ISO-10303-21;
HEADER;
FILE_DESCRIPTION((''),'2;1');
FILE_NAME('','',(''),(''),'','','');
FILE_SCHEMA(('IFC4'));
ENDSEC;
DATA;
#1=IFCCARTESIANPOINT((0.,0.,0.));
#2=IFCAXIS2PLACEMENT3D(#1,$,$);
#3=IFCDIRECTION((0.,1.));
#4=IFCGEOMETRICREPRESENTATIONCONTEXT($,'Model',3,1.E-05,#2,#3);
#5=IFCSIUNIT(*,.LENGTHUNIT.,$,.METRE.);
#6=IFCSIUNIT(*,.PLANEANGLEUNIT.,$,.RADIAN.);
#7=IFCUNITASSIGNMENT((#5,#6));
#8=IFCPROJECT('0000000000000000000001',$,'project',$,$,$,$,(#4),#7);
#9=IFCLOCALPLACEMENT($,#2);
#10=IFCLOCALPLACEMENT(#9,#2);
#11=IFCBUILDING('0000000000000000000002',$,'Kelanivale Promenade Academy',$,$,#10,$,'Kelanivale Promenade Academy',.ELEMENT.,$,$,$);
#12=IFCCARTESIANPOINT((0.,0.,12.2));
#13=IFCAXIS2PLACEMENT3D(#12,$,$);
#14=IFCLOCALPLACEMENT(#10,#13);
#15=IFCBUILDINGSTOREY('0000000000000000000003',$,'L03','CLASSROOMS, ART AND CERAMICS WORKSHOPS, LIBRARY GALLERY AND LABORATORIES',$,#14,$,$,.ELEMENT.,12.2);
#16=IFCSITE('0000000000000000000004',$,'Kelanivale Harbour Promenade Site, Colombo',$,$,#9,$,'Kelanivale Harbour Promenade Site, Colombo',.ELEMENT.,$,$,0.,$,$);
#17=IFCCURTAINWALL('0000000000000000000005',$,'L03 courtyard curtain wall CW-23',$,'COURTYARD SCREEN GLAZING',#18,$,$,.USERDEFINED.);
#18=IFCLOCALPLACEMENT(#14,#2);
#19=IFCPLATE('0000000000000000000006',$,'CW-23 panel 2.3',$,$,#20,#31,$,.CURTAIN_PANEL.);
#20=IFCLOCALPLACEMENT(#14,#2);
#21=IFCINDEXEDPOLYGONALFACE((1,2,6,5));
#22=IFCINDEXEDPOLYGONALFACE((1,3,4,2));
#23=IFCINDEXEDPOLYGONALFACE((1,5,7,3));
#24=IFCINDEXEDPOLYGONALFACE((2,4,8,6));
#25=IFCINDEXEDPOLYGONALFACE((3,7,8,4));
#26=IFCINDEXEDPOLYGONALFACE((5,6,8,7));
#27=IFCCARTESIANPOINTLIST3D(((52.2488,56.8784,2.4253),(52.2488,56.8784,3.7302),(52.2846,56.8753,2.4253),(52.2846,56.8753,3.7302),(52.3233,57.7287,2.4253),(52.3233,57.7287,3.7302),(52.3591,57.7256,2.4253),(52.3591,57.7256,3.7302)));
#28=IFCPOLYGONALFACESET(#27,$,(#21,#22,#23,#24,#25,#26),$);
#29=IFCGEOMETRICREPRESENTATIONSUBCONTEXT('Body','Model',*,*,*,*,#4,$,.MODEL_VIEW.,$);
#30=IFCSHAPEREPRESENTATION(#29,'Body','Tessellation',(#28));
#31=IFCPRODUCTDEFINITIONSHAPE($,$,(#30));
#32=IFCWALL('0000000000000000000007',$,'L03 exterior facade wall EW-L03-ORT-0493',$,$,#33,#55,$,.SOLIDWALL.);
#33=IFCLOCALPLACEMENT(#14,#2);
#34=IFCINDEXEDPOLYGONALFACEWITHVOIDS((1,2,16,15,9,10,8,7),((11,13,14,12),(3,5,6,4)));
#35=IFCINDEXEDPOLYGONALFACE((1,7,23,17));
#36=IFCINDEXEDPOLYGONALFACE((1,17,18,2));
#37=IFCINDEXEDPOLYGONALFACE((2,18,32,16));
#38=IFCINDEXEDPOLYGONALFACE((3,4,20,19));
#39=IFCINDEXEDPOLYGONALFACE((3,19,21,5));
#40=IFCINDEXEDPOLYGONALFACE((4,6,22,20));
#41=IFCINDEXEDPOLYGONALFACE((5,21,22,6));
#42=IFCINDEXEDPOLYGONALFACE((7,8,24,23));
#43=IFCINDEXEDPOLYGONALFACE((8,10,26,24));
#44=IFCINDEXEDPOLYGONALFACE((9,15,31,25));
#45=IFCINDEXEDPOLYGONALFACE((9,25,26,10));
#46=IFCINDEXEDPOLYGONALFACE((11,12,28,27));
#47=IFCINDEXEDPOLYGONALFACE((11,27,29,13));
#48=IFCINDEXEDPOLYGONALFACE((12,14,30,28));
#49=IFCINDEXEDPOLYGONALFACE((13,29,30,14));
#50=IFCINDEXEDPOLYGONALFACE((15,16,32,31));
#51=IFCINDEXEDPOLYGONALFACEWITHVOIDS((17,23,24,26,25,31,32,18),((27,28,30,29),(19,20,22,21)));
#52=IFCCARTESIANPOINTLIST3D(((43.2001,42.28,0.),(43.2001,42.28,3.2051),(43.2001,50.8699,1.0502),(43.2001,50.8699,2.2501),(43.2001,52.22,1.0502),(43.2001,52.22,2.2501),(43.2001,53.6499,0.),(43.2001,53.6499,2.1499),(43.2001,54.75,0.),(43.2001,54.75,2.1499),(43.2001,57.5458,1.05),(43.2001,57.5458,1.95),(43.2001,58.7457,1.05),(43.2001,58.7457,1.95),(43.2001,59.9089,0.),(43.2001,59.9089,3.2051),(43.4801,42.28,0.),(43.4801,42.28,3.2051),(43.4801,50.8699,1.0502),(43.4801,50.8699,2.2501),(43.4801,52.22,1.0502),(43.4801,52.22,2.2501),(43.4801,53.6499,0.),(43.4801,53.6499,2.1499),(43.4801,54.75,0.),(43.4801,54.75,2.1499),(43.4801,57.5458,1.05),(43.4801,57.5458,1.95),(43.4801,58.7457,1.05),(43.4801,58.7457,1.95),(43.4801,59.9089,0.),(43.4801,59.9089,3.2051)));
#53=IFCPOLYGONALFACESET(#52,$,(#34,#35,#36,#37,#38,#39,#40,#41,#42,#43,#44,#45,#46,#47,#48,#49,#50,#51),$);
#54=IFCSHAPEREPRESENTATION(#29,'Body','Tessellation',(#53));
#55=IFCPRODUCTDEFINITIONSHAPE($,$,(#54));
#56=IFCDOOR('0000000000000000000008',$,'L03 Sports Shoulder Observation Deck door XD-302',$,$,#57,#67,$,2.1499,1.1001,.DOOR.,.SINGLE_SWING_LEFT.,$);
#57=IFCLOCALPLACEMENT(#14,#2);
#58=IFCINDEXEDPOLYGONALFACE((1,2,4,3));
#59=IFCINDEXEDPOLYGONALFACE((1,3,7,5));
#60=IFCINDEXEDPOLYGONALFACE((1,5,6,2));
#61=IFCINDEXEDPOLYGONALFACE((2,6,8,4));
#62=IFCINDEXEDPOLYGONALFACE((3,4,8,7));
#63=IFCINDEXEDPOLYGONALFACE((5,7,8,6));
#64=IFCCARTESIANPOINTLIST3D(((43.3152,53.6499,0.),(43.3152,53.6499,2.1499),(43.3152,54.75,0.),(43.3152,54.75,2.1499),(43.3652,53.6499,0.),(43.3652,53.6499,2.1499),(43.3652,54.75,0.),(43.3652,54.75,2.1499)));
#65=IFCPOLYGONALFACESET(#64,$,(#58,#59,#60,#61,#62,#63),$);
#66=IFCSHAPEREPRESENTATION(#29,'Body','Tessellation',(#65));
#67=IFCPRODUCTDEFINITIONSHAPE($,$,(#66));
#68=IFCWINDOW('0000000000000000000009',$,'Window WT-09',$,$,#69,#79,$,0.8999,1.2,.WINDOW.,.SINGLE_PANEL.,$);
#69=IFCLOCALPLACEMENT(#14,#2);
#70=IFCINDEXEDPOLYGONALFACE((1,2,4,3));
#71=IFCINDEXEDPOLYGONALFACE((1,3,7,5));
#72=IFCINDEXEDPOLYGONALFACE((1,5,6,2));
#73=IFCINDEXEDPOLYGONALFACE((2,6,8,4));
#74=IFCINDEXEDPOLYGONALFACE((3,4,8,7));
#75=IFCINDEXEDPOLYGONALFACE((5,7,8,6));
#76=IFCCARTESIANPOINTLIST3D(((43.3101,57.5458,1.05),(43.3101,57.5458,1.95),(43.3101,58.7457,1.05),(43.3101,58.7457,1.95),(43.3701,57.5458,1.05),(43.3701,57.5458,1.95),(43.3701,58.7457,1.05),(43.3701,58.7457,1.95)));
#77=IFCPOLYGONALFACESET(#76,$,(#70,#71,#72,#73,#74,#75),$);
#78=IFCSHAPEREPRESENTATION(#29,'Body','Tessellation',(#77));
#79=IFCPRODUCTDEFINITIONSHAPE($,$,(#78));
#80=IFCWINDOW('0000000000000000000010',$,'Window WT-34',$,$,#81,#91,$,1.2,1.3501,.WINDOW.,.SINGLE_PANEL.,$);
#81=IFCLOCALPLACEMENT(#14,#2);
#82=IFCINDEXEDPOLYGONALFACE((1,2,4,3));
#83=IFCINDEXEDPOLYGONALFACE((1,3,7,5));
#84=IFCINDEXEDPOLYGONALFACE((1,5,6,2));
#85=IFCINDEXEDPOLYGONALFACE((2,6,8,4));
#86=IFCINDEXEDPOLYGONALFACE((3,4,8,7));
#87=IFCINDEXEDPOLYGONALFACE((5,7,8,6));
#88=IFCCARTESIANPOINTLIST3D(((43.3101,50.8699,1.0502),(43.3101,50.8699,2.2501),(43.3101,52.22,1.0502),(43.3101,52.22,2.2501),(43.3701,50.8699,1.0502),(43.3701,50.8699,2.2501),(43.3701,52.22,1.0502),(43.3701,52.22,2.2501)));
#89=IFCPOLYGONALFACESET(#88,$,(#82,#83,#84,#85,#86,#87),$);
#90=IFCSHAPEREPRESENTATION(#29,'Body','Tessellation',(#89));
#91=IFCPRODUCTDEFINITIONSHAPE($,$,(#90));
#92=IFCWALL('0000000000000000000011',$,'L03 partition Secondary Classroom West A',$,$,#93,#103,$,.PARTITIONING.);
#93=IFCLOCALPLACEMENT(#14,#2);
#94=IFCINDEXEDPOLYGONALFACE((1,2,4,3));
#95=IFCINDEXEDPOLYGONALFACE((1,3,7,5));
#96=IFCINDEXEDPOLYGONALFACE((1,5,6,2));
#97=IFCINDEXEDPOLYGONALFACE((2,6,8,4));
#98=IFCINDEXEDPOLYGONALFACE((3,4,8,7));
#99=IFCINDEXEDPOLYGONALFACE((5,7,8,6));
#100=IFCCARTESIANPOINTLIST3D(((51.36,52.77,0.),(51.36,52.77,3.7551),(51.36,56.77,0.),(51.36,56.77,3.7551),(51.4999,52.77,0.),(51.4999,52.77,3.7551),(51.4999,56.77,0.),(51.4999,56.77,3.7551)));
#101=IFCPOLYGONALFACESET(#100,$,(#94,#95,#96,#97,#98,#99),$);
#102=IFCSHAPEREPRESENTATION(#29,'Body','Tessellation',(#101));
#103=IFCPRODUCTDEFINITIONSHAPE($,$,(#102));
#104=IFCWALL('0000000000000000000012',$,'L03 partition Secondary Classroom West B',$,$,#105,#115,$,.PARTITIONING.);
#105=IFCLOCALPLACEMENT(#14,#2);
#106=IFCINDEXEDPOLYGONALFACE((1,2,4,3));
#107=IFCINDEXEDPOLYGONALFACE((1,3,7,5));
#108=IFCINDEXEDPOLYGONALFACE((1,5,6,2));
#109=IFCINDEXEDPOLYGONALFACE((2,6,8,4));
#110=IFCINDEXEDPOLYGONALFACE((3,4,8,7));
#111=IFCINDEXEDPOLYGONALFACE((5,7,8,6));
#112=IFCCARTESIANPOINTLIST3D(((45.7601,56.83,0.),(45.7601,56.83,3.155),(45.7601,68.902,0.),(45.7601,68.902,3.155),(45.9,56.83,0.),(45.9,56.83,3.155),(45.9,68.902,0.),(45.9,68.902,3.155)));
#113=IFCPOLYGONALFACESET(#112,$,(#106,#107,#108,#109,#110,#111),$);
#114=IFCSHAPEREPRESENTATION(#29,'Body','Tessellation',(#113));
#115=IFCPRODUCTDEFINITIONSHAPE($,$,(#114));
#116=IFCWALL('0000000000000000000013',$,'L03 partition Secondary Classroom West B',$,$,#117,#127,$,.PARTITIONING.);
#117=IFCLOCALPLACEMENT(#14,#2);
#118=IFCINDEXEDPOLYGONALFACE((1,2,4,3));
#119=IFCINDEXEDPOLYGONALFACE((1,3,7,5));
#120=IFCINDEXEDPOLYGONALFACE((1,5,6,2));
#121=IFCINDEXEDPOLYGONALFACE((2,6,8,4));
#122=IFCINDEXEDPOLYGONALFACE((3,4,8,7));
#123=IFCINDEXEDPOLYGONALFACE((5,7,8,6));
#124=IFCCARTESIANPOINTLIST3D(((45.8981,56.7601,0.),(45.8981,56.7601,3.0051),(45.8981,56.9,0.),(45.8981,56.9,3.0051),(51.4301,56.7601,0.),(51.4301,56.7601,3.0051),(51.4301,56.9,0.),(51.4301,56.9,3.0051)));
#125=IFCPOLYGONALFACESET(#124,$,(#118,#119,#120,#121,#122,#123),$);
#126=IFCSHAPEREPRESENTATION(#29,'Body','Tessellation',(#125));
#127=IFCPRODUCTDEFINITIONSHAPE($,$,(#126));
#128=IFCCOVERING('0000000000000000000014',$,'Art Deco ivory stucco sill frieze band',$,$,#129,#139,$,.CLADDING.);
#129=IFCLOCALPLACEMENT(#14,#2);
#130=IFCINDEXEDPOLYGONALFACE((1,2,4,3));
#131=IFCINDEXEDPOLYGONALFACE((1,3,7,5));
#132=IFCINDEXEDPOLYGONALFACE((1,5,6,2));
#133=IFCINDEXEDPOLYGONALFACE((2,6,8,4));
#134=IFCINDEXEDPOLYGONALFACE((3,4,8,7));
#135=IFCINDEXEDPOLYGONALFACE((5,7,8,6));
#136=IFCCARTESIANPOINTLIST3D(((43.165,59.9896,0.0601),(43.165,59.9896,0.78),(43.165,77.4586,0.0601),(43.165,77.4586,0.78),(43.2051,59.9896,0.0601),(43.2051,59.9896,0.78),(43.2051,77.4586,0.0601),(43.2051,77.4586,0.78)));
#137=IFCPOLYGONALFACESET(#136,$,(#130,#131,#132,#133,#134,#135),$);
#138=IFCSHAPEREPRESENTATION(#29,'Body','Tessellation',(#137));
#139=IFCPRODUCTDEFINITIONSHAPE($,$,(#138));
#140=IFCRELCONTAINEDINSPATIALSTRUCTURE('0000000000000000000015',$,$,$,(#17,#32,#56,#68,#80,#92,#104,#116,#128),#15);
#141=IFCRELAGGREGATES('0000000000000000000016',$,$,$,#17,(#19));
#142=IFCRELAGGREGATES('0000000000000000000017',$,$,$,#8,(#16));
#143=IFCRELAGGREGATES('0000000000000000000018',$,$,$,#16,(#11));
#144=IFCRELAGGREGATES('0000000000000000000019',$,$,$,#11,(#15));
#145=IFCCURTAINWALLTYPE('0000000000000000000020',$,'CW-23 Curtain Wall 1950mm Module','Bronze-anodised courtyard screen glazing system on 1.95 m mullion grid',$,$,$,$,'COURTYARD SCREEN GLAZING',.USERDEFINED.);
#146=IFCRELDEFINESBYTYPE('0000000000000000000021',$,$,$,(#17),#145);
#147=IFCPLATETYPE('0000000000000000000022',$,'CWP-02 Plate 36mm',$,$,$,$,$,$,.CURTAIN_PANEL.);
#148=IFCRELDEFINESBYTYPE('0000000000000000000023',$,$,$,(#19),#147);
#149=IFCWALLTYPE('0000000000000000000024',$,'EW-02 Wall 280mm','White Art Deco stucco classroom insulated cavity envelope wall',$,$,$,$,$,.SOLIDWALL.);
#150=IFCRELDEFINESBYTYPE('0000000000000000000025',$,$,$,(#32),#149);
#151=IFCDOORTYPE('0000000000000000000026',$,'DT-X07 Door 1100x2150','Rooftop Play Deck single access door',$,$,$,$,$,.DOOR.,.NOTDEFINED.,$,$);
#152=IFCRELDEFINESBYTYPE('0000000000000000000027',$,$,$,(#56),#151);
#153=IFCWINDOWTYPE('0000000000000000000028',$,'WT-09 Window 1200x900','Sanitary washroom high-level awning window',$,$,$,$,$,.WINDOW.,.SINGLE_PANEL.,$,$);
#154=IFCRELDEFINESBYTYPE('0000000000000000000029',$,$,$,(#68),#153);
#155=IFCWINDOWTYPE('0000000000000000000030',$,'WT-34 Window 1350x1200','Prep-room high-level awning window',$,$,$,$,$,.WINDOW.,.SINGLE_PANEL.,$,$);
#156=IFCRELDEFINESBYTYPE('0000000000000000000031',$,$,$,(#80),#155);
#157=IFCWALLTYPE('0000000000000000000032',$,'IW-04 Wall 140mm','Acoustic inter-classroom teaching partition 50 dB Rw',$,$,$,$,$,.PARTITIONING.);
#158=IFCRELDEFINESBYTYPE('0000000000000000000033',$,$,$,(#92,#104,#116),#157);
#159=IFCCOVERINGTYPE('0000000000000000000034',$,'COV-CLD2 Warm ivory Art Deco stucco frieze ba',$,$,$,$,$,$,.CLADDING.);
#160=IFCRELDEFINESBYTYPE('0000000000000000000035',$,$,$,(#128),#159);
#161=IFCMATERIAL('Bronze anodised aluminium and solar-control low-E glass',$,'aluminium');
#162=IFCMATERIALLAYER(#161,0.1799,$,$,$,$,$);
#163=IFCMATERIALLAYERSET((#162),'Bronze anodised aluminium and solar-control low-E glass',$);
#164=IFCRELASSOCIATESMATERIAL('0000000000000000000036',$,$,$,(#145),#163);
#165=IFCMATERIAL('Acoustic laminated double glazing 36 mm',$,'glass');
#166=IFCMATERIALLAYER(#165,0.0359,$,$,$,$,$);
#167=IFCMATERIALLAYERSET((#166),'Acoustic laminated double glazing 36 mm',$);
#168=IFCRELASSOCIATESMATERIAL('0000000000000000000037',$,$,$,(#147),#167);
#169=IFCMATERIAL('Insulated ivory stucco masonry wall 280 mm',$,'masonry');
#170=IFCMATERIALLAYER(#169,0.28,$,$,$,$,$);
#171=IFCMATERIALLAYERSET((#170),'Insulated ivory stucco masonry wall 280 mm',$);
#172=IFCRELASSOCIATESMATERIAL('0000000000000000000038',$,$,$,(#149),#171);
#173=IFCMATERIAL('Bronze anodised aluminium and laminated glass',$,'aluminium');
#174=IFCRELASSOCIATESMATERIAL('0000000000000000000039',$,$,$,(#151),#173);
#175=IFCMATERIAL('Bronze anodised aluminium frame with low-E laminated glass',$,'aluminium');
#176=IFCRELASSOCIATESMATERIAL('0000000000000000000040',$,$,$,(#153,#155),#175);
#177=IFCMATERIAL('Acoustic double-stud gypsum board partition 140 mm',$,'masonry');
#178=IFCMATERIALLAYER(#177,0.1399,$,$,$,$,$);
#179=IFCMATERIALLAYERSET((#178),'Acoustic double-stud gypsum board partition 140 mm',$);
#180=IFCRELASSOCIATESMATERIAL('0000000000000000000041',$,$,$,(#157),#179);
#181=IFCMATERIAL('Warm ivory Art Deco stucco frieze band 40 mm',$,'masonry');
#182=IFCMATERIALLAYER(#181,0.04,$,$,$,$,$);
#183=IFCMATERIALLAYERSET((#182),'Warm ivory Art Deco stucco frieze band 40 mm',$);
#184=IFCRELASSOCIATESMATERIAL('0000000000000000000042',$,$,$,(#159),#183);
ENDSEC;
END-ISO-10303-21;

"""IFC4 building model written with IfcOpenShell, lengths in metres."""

from ifc_helpers import new_model, si_unit, direction, frame, frame_2d, origin, origin_2d, place, context, subcontext, project, spatial, rectangle, extrude, material, layer, layer_set, type_object, element, fill, aggregate, save


model = new_model("IFC4")

# Units and contexts
model_context = context("Model", 3, precision=1e-05, world=origin(), true_north=direction((0.0, 1.0)))
body_context = subcontext(model_context, "Body", "Model", "MODEL_VIEW")
ifc_project = project(units=[si_unit("LENGTHUNIT", "METRE"), si_unit("PLANEANGLEUNIT", "RADIAN")], contexts=[model_context])

# Site, building, storey
site_placement = place(None, origin())
site = spatial("IfcSite", under=ifc_project, at=site_placement, Name="Kelanivale Harbour Promenade Site, Colombo", LongName="Kelanivale Harbour Promenade Site, Colombo", CompositionType="ELEMENT", RefElevation=0.0)
building_placement = place(site_placement, origin())
building = spatial("IfcBuilding", under=site, at=building_placement, Name="Kelanivale Promenade Academy", LongName="Kelanivale Promenade Academy", CompositionType="ELEMENT")
storey_placement = place(building_placement, frame((0.0, 0.0, 12.2)))
storey = spatial("IfcBuildingStorey", under=building, at=storey_placement, Name="L03", Description="CLASSROOMS, ART AND CERAMICS WORKSHOPS, LIBRARY GALLERY AND LABORATORIES", CompositionType="ELEMENT", Elevation=12.2)

# Curtain wall
ifc_material_1 = material(Name="Bronze anodised aluminium and solar-control low-E glass", Category="aluminium")
ifc_layer_1 = layer(ifc_material_1, 0.1799)
ifc_layer_set_1 = layer_set([ifc_layer_1], Name="Bronze anodised aluminium and solar-control low-E glass")
curtain_wall_type_1 = type_object("IfcCurtainWallType", Name="CW-23 Curtain Wall 1950mm Module", Description="Bronze-anodised courtyard screen glazing system on 1.95 m mullion grid", ElementType="COURTYARD SCREEN GLAZING", PredefinedType="USERDEFINED", material=ifc_layer_set_1)
curtain_wall_1_placement = place(storey_placement, origin())
curtain_wall_1 = element("IfcCurtainWall", 1, at=curtain_wall_1_placement, inside=storey, type_object=curtain_wall_type_1, Name="L03 courtyard curtain wall CW-23", ObjectType="COURTYARD SCREEN GLAZING", PredefinedType="USERDEFINED")

# Plate
ifc_material_2 = material(Name="Acoustic laminated double glazing 36 mm", Category="glass")
ifc_layer_2 = layer(ifc_material_2, 0.0359)
ifc_layer_set_2 = layer_set([ifc_layer_2], Name="Acoustic laminated double glazing 36 mm")
plate_type = type_object("IfcPlateType", Name="CWP-02 Plate 36mm", PredefinedType="CURTAIN_PANEL", material=ifc_layer_set_2)
plate_1_placement = place(storey_placement, frame((52.304, 57.302, 2.4253), z_axis=(0.0, 0.0, 1.0), x_axis=(-0.087265, -0.996185, 0.0)))
plate_1 = element("IfcPlate", 2, at=plate_1_placement, type_object=plate_type, Name="CW-23 panel 2.3", PredefinedType="CURTAIN_PANEL", context=body_context, shape_type="SweptSolid", body=[
    extrude(rectangle(XDim=0.8535, YDim=0.0359, at=origin_2d()), origin(), (0.0, 0.0, 1.0), 1.3049),
])
aggregate(curtain_wall_1, [plate_1])

# Wall, openings, door, windows
ifc_material_3 = material(Name="Insulated ivory stucco masonry wall 280 mm", Category="masonry")
ifc_layer_3 = layer(ifc_material_3, 0.28)
ifc_layer_set_3 = layer_set([ifc_layer_3], Name="Insulated ivory stucco masonry wall 280 mm")
wall_type_1 = type_object("IfcWallType", Name="EW-02 Wall 280mm", Description="White Art Deco stucco classroom insulated cavity envelope wall", PredefinedType="SOLIDWALL", material=ifc_layer_set_3)
wall_1_placement = place(storey_placement, frame((43.3401, 59.9089, 0.0), z_axis=(0.0, 0.0, 1.0), x_axis=(0.0, -1.0, 0.0)))
wall_1 = element("IfcWall", 3, at=wall_1_placement, inside=storey, type_object=wall_type_1, Name="L03 exterior facade wall EW-L03-ORT-0493", PredefinedType="SOLIDWALL", context=body_context, shape_type="SweptSolid", body=[
    extrude(rectangle(XDim=17.6289, YDim=0.28, at=frame_2d((8.8145, 0.0))), origin(), (0.0, 0.0, 1.0), 3.2051),
])
opening_1_placement = place(wall_1_placement, frame((5.1589, 0.0, 0.0)))
opening_1 = element("IfcOpeningElement", 4, at=opening_1_placement, cuts=wall_1, PredefinedType="OPENING", context=body_context, shape_type="SweptSolid", body=[
    extrude(rectangle(XDim=1.1001, YDim=2.1499, at=frame_2d((0.55, 1.075))), frame((0.0, 0.1499, 0.0), z_axis=(0.0, -1.0, 0.0), x_axis=(1.0, 0.0, 0.0)), (0.0, 0.0, 1.0), 0.3),
])
opening_2_placement = place(wall_1_placement, frame((1.1631, 0.0, 1.05)))
opening_2 = element("IfcOpeningElement", 5, at=opening_2_placement, cuts=wall_1, PredefinedType="OPENING", context=body_context, shape_type="SweptSolid", body=[
    extrude(rectangle(XDim=1.2, YDim=0.8999, at=frame_2d((0.6001, 0.45))), frame((0.0, 0.1499, 0.0), z_axis=(0.0, -1.0, 0.0), x_axis=(1.0, 0.0, 0.0)), (0.0, 0.0, 1.0), 0.3),
])
opening_3_placement = place(wall_1_placement, frame((7.689, 0.0, 1.05)))
opening_3 = element("IfcOpeningElement", 6, at=opening_3_placement, cuts=wall_1, PredefinedType="OPENING", context=body_context, shape_type="SweptSolid", body=[
    extrude(rectangle(XDim=1.3501, YDim=1.2, at=frame_2d((0.675, 0.6001))), frame((0.0, 0.1499, 0.0), z_axis=(0.0, -1.0, 0.0), x_axis=(1.0, 0.0, 0.0)), (0.0, 0.0, 1.0), 0.3),
])
ifc_material_4 = material(Name="Bronze anodised aluminium and laminated glass", Category="aluminium")
door_type = type_object("IfcDoorType", Name="DT-X07 Door 1100x2150", Description="Rooftop Play Deck single access door", OperationType="NOTDEFINED", PredefinedType="DOOR", material=ifc_material_4)
door_placement = place(opening_1_placement, frame((1.1001, 0.0, 0.0), z_axis=(0.0, 0.0, 1.0), x_axis=(-1.0, 0.0, 0.0)))
door = element("IfcDoor", 7, at=door_placement, inside=storey, type_object=door_type, Name="L03 Sports Shoulder Observation Deck door XD-302", OperationType="SINGLE_SWING_LEFT", OverallHeight=2.1499, OverallWidth=1.1001, PredefinedType="DOOR", context=body_context, shape_type="SweptSolid", body=[
    extrude(rectangle(XDim=1.1001, YDim=2.1499, at=frame_2d((0.55, 1.075))), frame((0.0, 0.0249, 0.0), z_axis=(0.0, -1.0, 0.0), x_axis=(1.0, 0.0, 0.0)), (0.0, 0.0, 1.0), 0.05),
])
fill(opening_1, door)
ifc_material_5 = material(Name="Bronze anodised aluminium frame with low-E laminated glass", Category="aluminium")
window_type_1 = type_object("IfcWindowType", Name="WT-09 Window 1200x900", Description="Sanitary washroom high-level awning window", PartitioningType="SINGLE_PANEL", PredefinedType="WINDOW", material=ifc_material_5)
window_1_placement = place(opening_2_placement, origin())
window_1 = element("IfcWindow", 8, at=window_1_placement, inside=storey, type_object=window_type_1, Name="Window WT-09", OverallHeight=0.8999, OverallWidth=1.2, PartitioningType="SINGLE_PANEL", PredefinedType="WINDOW", context=body_context, shape_type="SweptSolid", body=[
    extrude(rectangle(XDim=1.2, YDim=0.8999, at=frame_2d((0.6001, 0.45))), frame((0.0, 0.03, 0.0), z_axis=(0.0, -1.0, 0.0), x_axis=(1.0, 0.0, 0.0)), (0.0, 0.0, 1.0), 0.0601),
])
fill(opening_2, window_1)
window_type_2 = type_object("IfcWindowType", Name="WT-34 Window 1350x1200", Description="Prep-room high-level awning window", PartitioningType="SINGLE_PANEL", PredefinedType="WINDOW", material=ifc_material_5)
window_2_placement = place(opening_3_placement, origin())
window_2 = element("IfcWindow", 9, at=window_2_placement, inside=storey, type_object=window_type_2, Name="Window WT-34", OverallHeight=1.2, OverallWidth=1.3501, PartitioningType="SINGLE_PANEL", PredefinedType="WINDOW", context=body_context, shape_type="SweptSolid", body=[
    extrude(rectangle(XDim=1.3501, YDim=1.2, at=frame_2d((0.675, 0.6001))), frame((0.0, 0.03, 0.0), z_axis=(0.0, -1.0, 0.0), x_axis=(1.0, 0.0, 0.0)), (0.0, 0.0, 1.0), 0.0601),
])
fill(opening_3, window_2)

# Walls
ifc_material_6 = material(Name="Acoustic double-stud gypsum board partition 140 mm", Category="masonry")
ifc_layer_4 = layer(ifc_material_6, 0.1399)
ifc_layer_set_4 = layer_set([ifc_layer_4], Name="Acoustic double-stud gypsum board partition 140 mm")
wall_type_2 = type_object("IfcWallType", Name="IW-04 Wall 140mm", Description="Acoustic inter-classroom teaching partition 50 dB Rw", PredefinedType="PARTITIONING", material=ifc_layer_set_4)
wall_2_placement = place(storey_placement, frame((51.4299, 56.77, 0.0), z_axis=(0.0, 0.0, 1.0), x_axis=(0.0, -1.0, 0.0)))
element("IfcWall", 10, at=wall_2_placement, inside=storey, type_object=wall_type_2, Name="L03 partition Secondary Classroom West A", PredefinedType="PARTITIONING", context=body_context, shape_type="SweptSolid", body=[
    extrude(rectangle(XDim=4.0, YDim=0.1399, at=frame_2d((2.0, 0.0))), origin(), (0.0, 0.0, 1.0), 3.7551),
])
wall_3_placement = place(storey_placement, frame((45.8301, 68.9021, 0.0), z_axis=(0.0, 0.0, 1.0), x_axis=(0.0, -1.0, 0.0)))
element("IfcWall", 11, at=wall_3_placement, inside=storey, type_object=wall_type_2, Name="L03 partition Secondary Classroom West B", PredefinedType="PARTITIONING", context=body_context, shape_type="SweptSolid", body=[
    extrude(rectangle(XDim=12.072, YDim=0.1399, at=frame_2d((6.0361, 0.0))), origin(), (0.0, 0.0, 1.0), 3.155),
])
wall_4_placement = place(storey_placement, frame((45.8979, 56.8301, 0.0), z_axis=(0.0, 0.0, 1.0), x_axis=(1.0, 0.0, 0.0)))
element("IfcWall", 12, at=wall_4_placement, inside=storey, type_object=wall_type_2, Name="L03 partition Secondary Classroom West B", PredefinedType="PARTITIONING", context=body_context, shape_type="SweptSolid", body=[
    extrude(rectangle(XDim=5.532, YDim=0.1399, at=frame_2d((2.7661, 0.0))), origin(), (0.0, 0.0, 1.0), 3.0051),
])

# Covering
ifc_material_7 = material(Name="Warm ivory Art Deco stucco frieze band 40 mm", Category="masonry")
ifc_layer_5 = layer(ifc_material_7, 0.04)
ifc_layer_set_5 = layer_set([ifc_layer_5], Name="Warm ivory Art Deco stucco frieze band 40 mm")
covering_type = type_object("IfcCoveringType", Name="COV-CLD2 Warm ivory Art Deco stucco frieze ba", PredefinedType="CLADDING", material=ifc_layer_set_5)
covering_placement = place(storey_placement, frame((43.1851, 68.7241, 0.0601), z_axis=(0.0, 0.0, 1.0), x_axis=(0.0, -1.0, 0.0)))
element("IfcCovering", 13, at=covering_placement, inside=storey, type_object=covering_type, Name="Art Deco ivory stucco sill frieze band", PredefinedType="CLADDING", context=body_context, shape_type="SweptSolid", body=[
    extrude(rectangle(XDim=17.469, YDim=0.04, at=origin_2d()), origin(), (0.0, 0.0, 1.0), 0.72),
])

save(model, "model.ifc")
